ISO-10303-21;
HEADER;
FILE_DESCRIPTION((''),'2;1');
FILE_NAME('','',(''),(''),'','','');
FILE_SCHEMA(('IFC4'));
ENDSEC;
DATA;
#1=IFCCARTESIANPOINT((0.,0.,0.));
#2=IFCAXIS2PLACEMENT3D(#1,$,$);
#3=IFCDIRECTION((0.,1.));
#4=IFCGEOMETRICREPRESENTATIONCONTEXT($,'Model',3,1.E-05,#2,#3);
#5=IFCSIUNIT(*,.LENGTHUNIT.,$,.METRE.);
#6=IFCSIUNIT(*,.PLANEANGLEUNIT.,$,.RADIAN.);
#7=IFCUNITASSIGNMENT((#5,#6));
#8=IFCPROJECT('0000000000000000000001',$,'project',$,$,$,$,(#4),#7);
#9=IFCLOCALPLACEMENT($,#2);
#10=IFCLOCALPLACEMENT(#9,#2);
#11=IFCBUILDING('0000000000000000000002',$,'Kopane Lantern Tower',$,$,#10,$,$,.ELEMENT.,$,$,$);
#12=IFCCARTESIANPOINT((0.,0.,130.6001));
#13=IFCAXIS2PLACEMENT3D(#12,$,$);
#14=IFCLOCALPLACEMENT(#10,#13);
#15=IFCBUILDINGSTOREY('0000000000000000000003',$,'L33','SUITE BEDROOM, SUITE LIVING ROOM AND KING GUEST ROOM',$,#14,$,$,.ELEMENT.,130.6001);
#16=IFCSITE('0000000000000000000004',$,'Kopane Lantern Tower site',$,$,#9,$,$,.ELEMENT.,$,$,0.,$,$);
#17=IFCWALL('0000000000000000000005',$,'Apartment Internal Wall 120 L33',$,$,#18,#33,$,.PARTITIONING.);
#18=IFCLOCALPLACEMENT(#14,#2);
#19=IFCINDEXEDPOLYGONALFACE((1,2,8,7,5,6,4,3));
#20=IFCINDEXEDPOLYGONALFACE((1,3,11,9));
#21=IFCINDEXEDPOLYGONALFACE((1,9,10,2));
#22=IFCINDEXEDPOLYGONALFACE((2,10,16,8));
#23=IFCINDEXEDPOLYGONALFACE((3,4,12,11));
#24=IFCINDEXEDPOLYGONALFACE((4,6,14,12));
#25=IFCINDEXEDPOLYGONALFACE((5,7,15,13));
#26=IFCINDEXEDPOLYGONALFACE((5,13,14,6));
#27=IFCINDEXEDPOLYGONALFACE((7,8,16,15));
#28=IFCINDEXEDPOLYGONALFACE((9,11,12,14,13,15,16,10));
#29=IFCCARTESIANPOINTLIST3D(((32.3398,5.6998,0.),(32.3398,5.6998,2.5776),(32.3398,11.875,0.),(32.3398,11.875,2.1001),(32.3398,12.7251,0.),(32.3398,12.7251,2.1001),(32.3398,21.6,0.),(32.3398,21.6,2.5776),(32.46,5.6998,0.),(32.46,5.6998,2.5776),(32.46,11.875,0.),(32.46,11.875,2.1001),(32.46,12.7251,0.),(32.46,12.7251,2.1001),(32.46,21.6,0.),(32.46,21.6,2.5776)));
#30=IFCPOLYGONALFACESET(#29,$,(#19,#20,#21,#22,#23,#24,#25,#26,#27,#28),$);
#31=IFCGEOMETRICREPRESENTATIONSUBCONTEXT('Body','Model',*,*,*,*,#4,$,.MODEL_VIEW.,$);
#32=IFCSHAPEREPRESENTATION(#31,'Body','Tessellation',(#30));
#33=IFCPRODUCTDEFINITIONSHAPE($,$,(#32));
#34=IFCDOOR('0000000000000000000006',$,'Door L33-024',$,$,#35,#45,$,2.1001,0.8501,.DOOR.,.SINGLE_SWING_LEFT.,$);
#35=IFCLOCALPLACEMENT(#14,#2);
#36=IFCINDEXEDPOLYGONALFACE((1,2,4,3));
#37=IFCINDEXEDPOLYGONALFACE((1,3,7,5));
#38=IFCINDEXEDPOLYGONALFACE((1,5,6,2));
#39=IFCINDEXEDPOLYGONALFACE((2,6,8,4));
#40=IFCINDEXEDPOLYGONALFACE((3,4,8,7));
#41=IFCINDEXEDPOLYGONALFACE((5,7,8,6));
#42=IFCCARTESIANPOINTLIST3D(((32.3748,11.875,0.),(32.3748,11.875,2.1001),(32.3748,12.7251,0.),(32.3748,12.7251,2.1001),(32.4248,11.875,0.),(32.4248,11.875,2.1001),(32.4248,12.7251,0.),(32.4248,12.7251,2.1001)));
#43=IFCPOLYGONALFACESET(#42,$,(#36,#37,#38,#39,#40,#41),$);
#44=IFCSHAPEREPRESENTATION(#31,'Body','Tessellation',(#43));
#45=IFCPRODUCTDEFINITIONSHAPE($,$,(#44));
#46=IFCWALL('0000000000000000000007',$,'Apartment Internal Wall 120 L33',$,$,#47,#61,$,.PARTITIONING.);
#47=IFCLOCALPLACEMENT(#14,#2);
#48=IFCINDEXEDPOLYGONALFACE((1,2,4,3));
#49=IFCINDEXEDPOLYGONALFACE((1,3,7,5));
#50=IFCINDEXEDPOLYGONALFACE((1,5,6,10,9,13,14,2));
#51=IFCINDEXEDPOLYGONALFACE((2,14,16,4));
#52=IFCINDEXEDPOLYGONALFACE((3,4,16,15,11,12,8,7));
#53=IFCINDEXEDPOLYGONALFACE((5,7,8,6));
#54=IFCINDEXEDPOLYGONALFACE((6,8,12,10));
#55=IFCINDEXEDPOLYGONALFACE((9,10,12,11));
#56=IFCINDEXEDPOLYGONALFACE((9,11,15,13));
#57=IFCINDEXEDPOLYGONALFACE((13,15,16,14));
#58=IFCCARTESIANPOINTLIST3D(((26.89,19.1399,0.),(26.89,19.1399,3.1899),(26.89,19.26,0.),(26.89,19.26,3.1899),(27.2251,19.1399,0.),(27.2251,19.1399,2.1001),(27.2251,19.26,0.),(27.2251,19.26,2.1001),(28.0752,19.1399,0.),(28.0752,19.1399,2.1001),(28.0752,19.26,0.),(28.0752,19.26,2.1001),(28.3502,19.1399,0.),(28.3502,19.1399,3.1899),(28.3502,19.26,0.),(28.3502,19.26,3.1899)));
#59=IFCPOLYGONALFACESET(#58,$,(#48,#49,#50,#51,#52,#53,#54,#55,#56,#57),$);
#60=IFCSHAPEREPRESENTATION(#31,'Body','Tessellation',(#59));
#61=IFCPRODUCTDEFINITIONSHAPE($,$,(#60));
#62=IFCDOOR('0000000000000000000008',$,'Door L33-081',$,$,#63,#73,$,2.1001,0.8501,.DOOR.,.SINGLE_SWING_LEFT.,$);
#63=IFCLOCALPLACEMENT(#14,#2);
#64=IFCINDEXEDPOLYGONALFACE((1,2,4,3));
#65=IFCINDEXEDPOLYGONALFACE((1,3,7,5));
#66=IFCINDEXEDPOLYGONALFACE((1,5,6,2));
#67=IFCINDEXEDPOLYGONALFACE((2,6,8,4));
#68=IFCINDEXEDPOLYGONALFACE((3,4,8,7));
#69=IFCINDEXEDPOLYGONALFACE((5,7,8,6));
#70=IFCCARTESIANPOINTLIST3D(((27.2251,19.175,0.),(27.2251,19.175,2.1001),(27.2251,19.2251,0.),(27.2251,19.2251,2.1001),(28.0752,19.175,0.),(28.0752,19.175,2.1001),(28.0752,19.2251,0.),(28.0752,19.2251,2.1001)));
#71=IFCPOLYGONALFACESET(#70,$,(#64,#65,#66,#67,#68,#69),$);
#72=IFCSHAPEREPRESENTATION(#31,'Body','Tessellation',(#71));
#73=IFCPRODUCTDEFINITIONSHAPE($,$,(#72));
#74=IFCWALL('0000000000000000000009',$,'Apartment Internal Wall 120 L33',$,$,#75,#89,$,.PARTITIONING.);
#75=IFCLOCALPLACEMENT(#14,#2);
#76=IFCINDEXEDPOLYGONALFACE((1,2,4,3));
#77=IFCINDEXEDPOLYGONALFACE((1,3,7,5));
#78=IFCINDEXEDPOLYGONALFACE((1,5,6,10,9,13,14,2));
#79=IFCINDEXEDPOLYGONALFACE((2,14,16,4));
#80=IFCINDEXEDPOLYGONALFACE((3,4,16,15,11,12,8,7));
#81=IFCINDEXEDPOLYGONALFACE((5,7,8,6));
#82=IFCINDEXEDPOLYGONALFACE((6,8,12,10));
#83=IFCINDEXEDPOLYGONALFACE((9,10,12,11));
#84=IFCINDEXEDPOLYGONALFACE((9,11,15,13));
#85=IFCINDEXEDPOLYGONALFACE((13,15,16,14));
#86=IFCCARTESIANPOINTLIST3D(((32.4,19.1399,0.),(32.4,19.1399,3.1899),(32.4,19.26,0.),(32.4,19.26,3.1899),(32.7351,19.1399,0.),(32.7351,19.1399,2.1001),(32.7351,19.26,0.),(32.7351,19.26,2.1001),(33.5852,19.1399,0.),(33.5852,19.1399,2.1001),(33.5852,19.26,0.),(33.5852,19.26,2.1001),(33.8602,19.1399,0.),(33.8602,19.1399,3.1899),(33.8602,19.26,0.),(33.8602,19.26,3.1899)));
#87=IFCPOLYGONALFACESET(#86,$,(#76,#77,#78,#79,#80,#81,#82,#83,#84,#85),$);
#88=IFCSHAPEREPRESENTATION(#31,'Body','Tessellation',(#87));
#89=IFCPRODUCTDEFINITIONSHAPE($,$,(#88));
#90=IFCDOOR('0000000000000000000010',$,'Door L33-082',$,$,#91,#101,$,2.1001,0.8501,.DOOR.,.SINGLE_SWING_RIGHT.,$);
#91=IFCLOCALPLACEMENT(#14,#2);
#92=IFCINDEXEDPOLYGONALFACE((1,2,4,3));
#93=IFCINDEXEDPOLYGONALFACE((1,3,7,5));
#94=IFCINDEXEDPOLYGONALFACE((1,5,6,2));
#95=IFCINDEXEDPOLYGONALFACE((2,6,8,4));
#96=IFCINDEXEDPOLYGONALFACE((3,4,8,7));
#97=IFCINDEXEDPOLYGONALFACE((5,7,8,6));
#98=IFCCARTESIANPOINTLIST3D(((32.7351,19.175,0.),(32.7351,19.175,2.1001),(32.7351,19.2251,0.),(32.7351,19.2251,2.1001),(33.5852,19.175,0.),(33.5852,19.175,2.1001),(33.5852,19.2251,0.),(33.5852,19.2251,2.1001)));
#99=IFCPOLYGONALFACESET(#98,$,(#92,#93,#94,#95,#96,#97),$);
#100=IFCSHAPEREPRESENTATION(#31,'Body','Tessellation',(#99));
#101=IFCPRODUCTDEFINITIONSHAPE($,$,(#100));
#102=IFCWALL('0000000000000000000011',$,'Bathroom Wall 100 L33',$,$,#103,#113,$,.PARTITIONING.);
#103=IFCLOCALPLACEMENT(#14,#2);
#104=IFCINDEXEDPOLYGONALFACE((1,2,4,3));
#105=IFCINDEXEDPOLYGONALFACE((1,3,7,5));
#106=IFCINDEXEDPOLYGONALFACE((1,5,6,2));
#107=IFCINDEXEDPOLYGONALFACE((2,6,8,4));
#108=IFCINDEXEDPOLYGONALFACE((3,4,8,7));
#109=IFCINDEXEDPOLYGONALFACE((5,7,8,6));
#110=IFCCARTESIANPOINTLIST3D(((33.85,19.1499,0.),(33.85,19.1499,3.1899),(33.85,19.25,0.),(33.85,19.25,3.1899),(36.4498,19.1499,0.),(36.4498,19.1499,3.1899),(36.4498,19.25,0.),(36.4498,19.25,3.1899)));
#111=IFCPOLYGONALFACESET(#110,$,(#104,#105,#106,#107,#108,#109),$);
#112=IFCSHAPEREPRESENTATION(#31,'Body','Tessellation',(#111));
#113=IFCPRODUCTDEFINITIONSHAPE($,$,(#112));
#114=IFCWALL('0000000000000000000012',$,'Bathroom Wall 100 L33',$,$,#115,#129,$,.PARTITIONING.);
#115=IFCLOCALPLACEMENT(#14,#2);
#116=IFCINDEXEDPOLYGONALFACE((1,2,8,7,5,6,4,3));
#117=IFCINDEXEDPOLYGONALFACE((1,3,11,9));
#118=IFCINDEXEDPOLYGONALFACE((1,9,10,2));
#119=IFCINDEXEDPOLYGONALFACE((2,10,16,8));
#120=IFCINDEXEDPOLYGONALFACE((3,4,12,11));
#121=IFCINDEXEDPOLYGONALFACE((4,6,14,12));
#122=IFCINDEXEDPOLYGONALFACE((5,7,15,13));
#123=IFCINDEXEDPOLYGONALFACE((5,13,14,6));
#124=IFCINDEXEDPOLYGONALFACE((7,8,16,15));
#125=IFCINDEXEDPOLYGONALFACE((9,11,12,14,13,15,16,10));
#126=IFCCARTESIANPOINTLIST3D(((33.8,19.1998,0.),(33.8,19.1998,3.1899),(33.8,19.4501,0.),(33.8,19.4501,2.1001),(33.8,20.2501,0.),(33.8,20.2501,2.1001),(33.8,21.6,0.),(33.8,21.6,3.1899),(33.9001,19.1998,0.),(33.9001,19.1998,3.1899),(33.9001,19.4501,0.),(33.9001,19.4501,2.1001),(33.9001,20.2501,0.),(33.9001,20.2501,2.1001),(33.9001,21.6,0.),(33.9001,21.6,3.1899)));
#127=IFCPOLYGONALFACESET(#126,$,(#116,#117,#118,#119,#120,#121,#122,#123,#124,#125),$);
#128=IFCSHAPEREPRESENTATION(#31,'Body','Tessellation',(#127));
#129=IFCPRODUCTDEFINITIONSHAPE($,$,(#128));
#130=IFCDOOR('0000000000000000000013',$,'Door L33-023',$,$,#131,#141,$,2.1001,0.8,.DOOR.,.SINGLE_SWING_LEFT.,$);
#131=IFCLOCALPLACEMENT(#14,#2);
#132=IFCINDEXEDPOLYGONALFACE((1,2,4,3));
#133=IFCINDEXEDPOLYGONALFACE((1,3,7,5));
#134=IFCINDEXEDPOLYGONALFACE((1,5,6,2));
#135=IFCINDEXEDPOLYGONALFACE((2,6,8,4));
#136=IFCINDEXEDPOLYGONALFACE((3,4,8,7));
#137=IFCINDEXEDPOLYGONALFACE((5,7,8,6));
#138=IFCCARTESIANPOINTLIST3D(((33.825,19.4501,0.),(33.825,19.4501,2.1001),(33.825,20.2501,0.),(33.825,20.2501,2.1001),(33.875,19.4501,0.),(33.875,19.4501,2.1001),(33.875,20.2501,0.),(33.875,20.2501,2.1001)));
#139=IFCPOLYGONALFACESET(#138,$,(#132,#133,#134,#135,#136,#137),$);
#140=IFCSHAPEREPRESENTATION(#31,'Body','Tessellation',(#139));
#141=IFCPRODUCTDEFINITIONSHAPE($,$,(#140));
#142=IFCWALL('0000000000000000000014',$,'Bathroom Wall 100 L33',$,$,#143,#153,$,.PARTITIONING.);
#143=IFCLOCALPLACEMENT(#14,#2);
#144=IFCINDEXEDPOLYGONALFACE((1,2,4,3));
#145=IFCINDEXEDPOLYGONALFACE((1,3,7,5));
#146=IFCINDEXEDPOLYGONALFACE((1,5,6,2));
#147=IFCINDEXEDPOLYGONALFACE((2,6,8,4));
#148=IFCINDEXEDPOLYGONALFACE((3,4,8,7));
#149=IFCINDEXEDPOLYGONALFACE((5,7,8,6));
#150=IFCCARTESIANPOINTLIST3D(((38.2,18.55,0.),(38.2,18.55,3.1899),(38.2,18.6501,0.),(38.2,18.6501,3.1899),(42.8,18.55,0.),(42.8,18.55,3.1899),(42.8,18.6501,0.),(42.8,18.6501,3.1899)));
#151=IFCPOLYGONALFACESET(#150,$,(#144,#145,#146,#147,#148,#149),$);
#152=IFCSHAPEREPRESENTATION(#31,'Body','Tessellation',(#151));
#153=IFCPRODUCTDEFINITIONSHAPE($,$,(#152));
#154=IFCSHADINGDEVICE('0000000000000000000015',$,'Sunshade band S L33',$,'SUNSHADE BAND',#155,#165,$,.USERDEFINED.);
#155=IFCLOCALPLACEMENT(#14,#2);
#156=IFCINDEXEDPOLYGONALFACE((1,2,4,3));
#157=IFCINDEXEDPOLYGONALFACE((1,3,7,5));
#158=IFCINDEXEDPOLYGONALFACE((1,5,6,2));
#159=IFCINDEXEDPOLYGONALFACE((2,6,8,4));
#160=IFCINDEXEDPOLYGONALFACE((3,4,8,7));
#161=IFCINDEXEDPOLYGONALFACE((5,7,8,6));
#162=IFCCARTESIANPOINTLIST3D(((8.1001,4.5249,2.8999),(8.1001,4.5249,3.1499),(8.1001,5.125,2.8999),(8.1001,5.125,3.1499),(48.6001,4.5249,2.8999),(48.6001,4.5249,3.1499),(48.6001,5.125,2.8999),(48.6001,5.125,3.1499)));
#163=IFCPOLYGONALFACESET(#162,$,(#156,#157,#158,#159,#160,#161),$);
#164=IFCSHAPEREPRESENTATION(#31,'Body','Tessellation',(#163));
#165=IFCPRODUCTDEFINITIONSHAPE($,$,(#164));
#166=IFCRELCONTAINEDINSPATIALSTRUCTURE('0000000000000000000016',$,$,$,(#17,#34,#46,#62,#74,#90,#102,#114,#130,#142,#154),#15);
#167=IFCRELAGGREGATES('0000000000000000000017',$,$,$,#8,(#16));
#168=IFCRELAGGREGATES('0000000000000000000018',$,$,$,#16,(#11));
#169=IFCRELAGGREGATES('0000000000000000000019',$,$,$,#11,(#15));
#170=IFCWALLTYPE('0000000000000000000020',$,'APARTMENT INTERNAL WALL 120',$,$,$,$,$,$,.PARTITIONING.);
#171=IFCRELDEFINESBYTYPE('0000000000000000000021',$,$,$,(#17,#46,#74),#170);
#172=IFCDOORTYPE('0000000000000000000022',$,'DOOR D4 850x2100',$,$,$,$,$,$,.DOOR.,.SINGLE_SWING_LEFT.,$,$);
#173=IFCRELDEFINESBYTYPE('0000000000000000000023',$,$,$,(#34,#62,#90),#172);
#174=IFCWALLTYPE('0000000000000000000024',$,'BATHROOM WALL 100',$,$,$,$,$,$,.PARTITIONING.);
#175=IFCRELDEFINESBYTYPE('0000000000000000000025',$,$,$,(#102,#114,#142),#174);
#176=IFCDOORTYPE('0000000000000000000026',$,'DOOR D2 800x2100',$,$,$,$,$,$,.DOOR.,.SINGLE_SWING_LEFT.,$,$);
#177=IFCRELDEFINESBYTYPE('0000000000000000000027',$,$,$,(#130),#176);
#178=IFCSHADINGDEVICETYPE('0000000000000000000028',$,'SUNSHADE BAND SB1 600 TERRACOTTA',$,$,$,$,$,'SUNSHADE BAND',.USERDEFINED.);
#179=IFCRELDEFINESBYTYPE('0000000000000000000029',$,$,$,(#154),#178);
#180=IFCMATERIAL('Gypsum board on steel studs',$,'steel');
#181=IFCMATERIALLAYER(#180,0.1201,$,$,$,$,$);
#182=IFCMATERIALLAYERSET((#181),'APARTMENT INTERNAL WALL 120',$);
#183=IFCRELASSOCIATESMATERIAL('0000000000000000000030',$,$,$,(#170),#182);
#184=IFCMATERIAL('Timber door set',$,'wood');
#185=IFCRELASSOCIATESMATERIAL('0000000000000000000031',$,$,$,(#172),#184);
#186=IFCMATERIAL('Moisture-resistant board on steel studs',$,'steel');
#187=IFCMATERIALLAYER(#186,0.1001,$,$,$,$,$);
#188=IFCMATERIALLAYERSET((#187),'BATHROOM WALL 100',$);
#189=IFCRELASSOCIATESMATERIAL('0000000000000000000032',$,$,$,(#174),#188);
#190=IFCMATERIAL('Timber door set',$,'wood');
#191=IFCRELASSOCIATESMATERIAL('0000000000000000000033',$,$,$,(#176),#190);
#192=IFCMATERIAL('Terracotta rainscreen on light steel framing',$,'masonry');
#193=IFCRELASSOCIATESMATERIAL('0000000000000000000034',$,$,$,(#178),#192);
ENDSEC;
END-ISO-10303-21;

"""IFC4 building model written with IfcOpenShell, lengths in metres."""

from ifc_helpers import new_model, si_unit, direction, frame, frame_2d, origin, origin_2d, place, context, subcontext, project, spatial, rectangle, extrude, material, layer, layer_set, type_object, element, fill, save


model = new_model("IFC4")

# Units and contexts
model_context = context("Model", 3, precision=1e-05, world=origin(), true_north=direction((0.0, 1.0)))
body_context = subcontext(model_context, "Body", "Model", "MODEL_VIEW")
ifc_project = project(units=[si_unit("LENGTHUNIT", "METRE"), si_unit("PLANEANGLEUNIT", "RADIAN")], contexts=[model_context])

# Site, building, storey
site_placement = place(None, origin())
site = spatial("IfcSite", under=ifc_project, at=site_placement, Name="Kopane Lantern Tower site", CompositionType="ELEMENT", RefElevation=0.0)
building_placement = place(site_placement, origin())
building = spatial("IfcBuilding", under=site, at=building_placement, Name="Kopane Lantern Tower", CompositionType="ELEMENT")
storey_placement = place(building_placement, frame((0.0, 0.0, 130.6001)))
storey = spatial("IfcBuildingStorey", under=building, at=storey_placement, Name="L33", Description="SUITE BEDROOM, SUITE LIVING ROOM AND KING GUEST ROOM", CompositionType="ELEMENT", Elevation=130.6001)

# Walls, openings, doors
ifc_material_1 = material(Name="Gypsum board on steel studs", Category="steel")
ifc_layer_1 = layer(ifc_material_1, 0.1201)
ifc_layer_set_1 = layer_set([ifc_layer_1], Name="APARTMENT INTERNAL WALL 120")
wall_type_1 = type_object("IfcWallType", Name="APARTMENT INTERNAL WALL 120", PredefinedType="PARTITIONING", material=ifc_layer_set_1)
ifc_material_2 = material(Name="Timber door set", Category="wood")
door_type_1 = type_object("IfcDoorType", Name="DOOR D4 850x2100", OperationType="SINGLE_SWING_LEFT", PredefinedType="DOOR", material=ifc_material_2)
wall_1_placement = place(storey_placement, frame((32.3999, 21.6001, 0.0), z_axis=(0.0, 0.0, 1.0), x_axis=(0.0, -1.0, 0.0)))
wall_1 = element("IfcWall", 1, at=wall_1_placement, inside=storey, type_object=wall_type_1, Name="Apartment Internal Wall 120 L33", PredefinedType="PARTITIONING", context=body_context, shape_type="SweptSolid", body=[
    extrude(rectangle(XDim=15.9001, YDim=0.1201, at=frame_2d((7.9502, 0.0))), origin(), (0.0, 0.0, 1.0), 2.5776),
])
opening_1_placement = place(wall_1_placement, frame((8.875, 0.0, 0.0)))
opening_1 = element("IfcOpeningElement", 2, at=opening_1_placement, cuts=wall_1, PredefinedType="OPENING", context=body_context, shape_type="SweptSolid", body=[
    extrude(rectangle(XDim=0.8501, YDim=2.1001, at=frame_2d((0.425, 1.05))), frame((0.0, 0.0701, 0.0), z_axis=(0.0, -1.0, 0.0), x_axis=(1.0, 0.0, 0.0)), (0.0, 0.0, 1.0), 0.1401),
])
door_1_placement = place(opening_1_placement, origin())
door_1 = element("IfcDoor", 3, at=door_1_placement, inside=storey, type_object=door_type_1, Name="Door L33-024", OperationType="SINGLE_SWING_LEFT", OverallHeight=2.1001, OverallWidth=0.8501, PredefinedType="DOOR", context=body_context, shape_type="SweptSolid", body=[
    extrude(rectangle(XDim=0.8501, YDim=2.1001, at=frame_2d((0.425, 1.05))), frame((0.0, 0.0249, 0.0), z_axis=(0.0, -1.0, 0.0), x_axis=(1.0, 0.0, 0.0)), (0.0, 0.0, 1.0), 0.05),
])
fill(opening_1, door_1)
wall_2_placement = place(storey_placement, frame((28.3501, 19.2, 0.0), z_axis=(0.0, 0.0, 1.0), x_axis=(-1.0, 0.0, 0.0)))
wall_2 = element("IfcWall", 4, at=wall_2_placement, inside=storey, type_object=wall_type_1, Name="Apartment Internal Wall 120 L33", PredefinedType="PARTITIONING", context=body_context, shape_type="SweptSolid", body=[
    extrude(rectangle(XDim=1.4602, YDim=0.1201, at=frame_2d((0.73, 0.0))), origin(), (0.0, 0.0, 1.0), 3.1899),
])
opening_2_placement = place(wall_2_placement, frame((0.2749, 0.0, 0.0)))
opening_2 = element("IfcOpeningElement", 5, at=opening_2_placement, cuts=wall_2, PredefinedType="OPENING", context=body_context, shape_type="SweptSolid", body=[
    extrude(rectangle(XDim=0.8501, YDim=2.1001, at=frame_2d((0.425, 1.05))), frame((0.0, 0.0701, 0.0), z_axis=(0.0, -1.0, 0.0), x_axis=(1.0, 0.0, 0.0)), (0.0, 0.0, 1.0), 0.1401),
])
door_2_placement = place(opening_2_placement, origin())
door_2 = element("IfcDoor", 6, at=door_2_placement, inside=storey, type_object=door_type_1, Name="Door L33-081", OperationType="SINGLE_SWING_LEFT", OverallHeight=2.1001, OverallWidth=0.8501, PredefinedType="DOOR", context=body_context, shape_type="SweptSolid", body=[
    extrude(rectangle(XDim=0.8501, YDim=2.1001, at=frame_2d((0.425, 1.05))), frame((0.0, 0.0249, 0.0), z_axis=(0.0, -1.0, 0.0), x_axis=(1.0, 0.0, 0.0)), (0.0, 0.0, 1.0), 0.05),
])
fill(opening_2, door_2)
wall_3_placement = place(storey_placement, frame((33.8601, 19.2, 0.0), z_axis=(0.0, 0.0, 1.0), x_axis=(-1.0, 0.0, 0.0)))
wall_3 = element("IfcWall", 7, at=wall_3_placement, inside=storey, type_object=wall_type_1, Name="Apartment Internal Wall 120 L33", PredefinedType="PARTITIONING", context=body_context, shape_type="SweptSolid", body=[
    extrude(rectangle(XDim=1.4602, YDim=0.1201, at=frame_2d((0.73, 0.0))), origin(), (0.0, 0.0, 1.0), 3.1899),
])
opening_3_placement = place(wall_3_placement, frame((0.2749, 0.0, 0.0)))
opening_3 = element("IfcOpeningElement", 8, at=opening_3_placement, cuts=wall_3, PredefinedType="OPENING", context=body_context, shape_type="SweptSolid", body=[
    extrude(rectangle(XDim=0.8501, YDim=2.1001, at=frame_2d((0.425, 1.05))), frame((0.0, 0.0701, 0.0), z_axis=(0.0, -1.0, 0.0), x_axis=(1.0, 0.0, 0.0)), (0.0, 0.0, 1.0), 0.1401),
])
door_3_placement = place(opening_3_placement, origin())
door_3 = element("IfcDoor", 9, at=door_3_placement, inside=storey, type_object=door_type_1, Name="Door L33-082", OperationType="SINGLE_SWING_RIGHT", OverallHeight=2.1001, OverallWidth=0.8501, PredefinedType="DOOR", context=body_context, shape_type="SweptSolid", body=[
    extrude(rectangle(XDim=0.8501, YDim=2.1001, at=frame_2d((0.425, 1.05))), frame((0.0, 0.0249, 0.0), z_axis=(0.0, -1.0, 0.0), x_axis=(1.0, 0.0, 0.0)), (0.0, 0.0, 1.0), 0.05),
])
fill(opening_3, door_3)

# Wall
ifc_material_3 = material(Name="Moisture-resistant board on steel studs", Category="steel")
ifc_layer_2 = layer(ifc_material_3, 0.1001)
ifc_layer_set_2 = layer_set([ifc_layer_2], Name="BATHROOM WALL 100")
wall_type_2 = type_object("IfcWallType", Name="BATHROOM WALL 100", PredefinedType="PARTITIONING", material=ifc_layer_set_2)
wall_4_placement = place(storey_placement, frame((33.8501, 19.2, 0.0), z_axis=(0.0, 0.0, 1.0), x_axis=(1.0, 0.0, 0.0)))
element("IfcWall", 10, at=wall_4_placement, inside=storey, type_object=wall_type_2, Name="Bathroom Wall 100 L33", PredefinedType="PARTITIONING", context=body_context, shape_type="SweptSolid", body=[
    extrude(rectangle(XDim=2.5999, YDim=0.1001, at=frame_2d((1.2998, 0.0))), origin(), (0.0, 0.0, 1.0), 3.1899),
])

# Wall, opening, door
wall_5_placement = place(storey_placement, frame((33.8501, 21.6001, 0.0), z_axis=(0.0, 0.0, 1.0), x_axis=(0.0, -1.0, 0.0)))
wall_5 = element("IfcWall", 11, at=wall_5_placement, inside=storey, type_object=wall_type_2, Name="Bathroom Wall 100 L33", PredefinedType="PARTITIONING", context=body_context, shape_type="SweptSolid", body=[
    extrude(rectangle(XDim=2.4001, YDim=0.1001, at=frame_2d((1.2002, 0.0))), origin(), (0.0, 0.0, 1.0), 3.1899),
])
opening_4_placement = place(wall_5_placement, frame((1.3501, 0.0, 0.0)))
opening_4 = element("IfcOpeningElement", 12, at=opening_4_placement, cuts=wall_5, PredefinedType="OPENING", context=body_context, shape_type="SweptSolid", body=[
    extrude(rectangle(XDim=0.8, YDim=2.1001, at=frame_2d((0.3999, 1.05))), frame((0.0, 0.0601, 0.0), z_axis=(0.0, -1.0, 0.0), x_axis=(1.0, 0.0, 0.0)), (0.0, 0.0, 1.0), 0.1201),
])
ifc_material_4 = material(Name="Timber door set", Category="wood")
door_type_2 = type_object("IfcDoorType", Name="DOOR D2 800x2100", OperationType="SINGLE_SWING_LEFT", PredefinedType="DOOR", material=ifc_material_4)
door_4_placement = place(opening_4_placement, origin())
door_4 = element("IfcDoor", 13, at=door_4_placement, inside=storey, type_object=door_type_2, Name="Door L33-023", OperationType="SINGLE_SWING_LEFT", OverallHeight=2.1001, OverallWidth=0.8, PredefinedType="DOOR", context=body_context, shape_type="SweptSolid", body=[
    extrude(rectangle(XDim=0.8, YDim=2.1001, at=frame_2d((0.3999, 1.05))), frame((0.0, 0.0249, 0.0), z_axis=(0.0, -1.0, 0.0), x_axis=(1.0, 0.0, 0.0)), (0.0, 0.0, 1.0), 0.05),
])
fill(opening_4, door_4)

# Wall
wall_6_placement = place(storey_placement, frame((38.2, 18.6001, 0.0), z_axis=(0.0, 0.0, 1.0), x_axis=(1.0, 0.0, 0.0)))
element("IfcWall", 14, at=wall_6_placement, inside=storey, type_object=wall_type_2, Name="Bathroom Wall 100 L33", PredefinedType="PARTITIONING", context=body_context, shape_type="SweptSolid", body=[
    extrude(rectangle(XDim=4.6001, YDim=0.1001, at=frame_2d((2.3, 0.0))), origin(), (0.0, 0.0, 1.0), 3.1899),
])

# Shading device
ifc_material_5 = material(Name="Terracotta rainscreen on light steel framing", Category="masonry")
shading_device_type = type_object("IfcShadingDeviceType", Name="SUNSHADE BAND SB1 600 TERRACOTTA", ElementType="SUNSHADE BAND", PredefinedType="USERDEFINED", material=ifc_material_5)
shading_device_placement = place(storey_placement, frame((28.3501, 4.825, 2.8999), z_axis=(0.0, 0.0, 1.0), x_axis=(1.0, 0.0, 0.0)))
element("IfcShadingDevice", 15, at=shading_device_placement, inside=storey, type_object=shading_device_type, Name="Sunshade band S L33", ObjectType="SUNSHADE BAND", PredefinedType="USERDEFINED", context=body_context, shape_type="SweptSolid", body=[
    extrude(rectangle(XDim=40.5, YDim=0.6001, at=origin_2d()), origin(), (0.0, 0.0, 1.0), 0.25),
])

save(model, "model.ifc")
